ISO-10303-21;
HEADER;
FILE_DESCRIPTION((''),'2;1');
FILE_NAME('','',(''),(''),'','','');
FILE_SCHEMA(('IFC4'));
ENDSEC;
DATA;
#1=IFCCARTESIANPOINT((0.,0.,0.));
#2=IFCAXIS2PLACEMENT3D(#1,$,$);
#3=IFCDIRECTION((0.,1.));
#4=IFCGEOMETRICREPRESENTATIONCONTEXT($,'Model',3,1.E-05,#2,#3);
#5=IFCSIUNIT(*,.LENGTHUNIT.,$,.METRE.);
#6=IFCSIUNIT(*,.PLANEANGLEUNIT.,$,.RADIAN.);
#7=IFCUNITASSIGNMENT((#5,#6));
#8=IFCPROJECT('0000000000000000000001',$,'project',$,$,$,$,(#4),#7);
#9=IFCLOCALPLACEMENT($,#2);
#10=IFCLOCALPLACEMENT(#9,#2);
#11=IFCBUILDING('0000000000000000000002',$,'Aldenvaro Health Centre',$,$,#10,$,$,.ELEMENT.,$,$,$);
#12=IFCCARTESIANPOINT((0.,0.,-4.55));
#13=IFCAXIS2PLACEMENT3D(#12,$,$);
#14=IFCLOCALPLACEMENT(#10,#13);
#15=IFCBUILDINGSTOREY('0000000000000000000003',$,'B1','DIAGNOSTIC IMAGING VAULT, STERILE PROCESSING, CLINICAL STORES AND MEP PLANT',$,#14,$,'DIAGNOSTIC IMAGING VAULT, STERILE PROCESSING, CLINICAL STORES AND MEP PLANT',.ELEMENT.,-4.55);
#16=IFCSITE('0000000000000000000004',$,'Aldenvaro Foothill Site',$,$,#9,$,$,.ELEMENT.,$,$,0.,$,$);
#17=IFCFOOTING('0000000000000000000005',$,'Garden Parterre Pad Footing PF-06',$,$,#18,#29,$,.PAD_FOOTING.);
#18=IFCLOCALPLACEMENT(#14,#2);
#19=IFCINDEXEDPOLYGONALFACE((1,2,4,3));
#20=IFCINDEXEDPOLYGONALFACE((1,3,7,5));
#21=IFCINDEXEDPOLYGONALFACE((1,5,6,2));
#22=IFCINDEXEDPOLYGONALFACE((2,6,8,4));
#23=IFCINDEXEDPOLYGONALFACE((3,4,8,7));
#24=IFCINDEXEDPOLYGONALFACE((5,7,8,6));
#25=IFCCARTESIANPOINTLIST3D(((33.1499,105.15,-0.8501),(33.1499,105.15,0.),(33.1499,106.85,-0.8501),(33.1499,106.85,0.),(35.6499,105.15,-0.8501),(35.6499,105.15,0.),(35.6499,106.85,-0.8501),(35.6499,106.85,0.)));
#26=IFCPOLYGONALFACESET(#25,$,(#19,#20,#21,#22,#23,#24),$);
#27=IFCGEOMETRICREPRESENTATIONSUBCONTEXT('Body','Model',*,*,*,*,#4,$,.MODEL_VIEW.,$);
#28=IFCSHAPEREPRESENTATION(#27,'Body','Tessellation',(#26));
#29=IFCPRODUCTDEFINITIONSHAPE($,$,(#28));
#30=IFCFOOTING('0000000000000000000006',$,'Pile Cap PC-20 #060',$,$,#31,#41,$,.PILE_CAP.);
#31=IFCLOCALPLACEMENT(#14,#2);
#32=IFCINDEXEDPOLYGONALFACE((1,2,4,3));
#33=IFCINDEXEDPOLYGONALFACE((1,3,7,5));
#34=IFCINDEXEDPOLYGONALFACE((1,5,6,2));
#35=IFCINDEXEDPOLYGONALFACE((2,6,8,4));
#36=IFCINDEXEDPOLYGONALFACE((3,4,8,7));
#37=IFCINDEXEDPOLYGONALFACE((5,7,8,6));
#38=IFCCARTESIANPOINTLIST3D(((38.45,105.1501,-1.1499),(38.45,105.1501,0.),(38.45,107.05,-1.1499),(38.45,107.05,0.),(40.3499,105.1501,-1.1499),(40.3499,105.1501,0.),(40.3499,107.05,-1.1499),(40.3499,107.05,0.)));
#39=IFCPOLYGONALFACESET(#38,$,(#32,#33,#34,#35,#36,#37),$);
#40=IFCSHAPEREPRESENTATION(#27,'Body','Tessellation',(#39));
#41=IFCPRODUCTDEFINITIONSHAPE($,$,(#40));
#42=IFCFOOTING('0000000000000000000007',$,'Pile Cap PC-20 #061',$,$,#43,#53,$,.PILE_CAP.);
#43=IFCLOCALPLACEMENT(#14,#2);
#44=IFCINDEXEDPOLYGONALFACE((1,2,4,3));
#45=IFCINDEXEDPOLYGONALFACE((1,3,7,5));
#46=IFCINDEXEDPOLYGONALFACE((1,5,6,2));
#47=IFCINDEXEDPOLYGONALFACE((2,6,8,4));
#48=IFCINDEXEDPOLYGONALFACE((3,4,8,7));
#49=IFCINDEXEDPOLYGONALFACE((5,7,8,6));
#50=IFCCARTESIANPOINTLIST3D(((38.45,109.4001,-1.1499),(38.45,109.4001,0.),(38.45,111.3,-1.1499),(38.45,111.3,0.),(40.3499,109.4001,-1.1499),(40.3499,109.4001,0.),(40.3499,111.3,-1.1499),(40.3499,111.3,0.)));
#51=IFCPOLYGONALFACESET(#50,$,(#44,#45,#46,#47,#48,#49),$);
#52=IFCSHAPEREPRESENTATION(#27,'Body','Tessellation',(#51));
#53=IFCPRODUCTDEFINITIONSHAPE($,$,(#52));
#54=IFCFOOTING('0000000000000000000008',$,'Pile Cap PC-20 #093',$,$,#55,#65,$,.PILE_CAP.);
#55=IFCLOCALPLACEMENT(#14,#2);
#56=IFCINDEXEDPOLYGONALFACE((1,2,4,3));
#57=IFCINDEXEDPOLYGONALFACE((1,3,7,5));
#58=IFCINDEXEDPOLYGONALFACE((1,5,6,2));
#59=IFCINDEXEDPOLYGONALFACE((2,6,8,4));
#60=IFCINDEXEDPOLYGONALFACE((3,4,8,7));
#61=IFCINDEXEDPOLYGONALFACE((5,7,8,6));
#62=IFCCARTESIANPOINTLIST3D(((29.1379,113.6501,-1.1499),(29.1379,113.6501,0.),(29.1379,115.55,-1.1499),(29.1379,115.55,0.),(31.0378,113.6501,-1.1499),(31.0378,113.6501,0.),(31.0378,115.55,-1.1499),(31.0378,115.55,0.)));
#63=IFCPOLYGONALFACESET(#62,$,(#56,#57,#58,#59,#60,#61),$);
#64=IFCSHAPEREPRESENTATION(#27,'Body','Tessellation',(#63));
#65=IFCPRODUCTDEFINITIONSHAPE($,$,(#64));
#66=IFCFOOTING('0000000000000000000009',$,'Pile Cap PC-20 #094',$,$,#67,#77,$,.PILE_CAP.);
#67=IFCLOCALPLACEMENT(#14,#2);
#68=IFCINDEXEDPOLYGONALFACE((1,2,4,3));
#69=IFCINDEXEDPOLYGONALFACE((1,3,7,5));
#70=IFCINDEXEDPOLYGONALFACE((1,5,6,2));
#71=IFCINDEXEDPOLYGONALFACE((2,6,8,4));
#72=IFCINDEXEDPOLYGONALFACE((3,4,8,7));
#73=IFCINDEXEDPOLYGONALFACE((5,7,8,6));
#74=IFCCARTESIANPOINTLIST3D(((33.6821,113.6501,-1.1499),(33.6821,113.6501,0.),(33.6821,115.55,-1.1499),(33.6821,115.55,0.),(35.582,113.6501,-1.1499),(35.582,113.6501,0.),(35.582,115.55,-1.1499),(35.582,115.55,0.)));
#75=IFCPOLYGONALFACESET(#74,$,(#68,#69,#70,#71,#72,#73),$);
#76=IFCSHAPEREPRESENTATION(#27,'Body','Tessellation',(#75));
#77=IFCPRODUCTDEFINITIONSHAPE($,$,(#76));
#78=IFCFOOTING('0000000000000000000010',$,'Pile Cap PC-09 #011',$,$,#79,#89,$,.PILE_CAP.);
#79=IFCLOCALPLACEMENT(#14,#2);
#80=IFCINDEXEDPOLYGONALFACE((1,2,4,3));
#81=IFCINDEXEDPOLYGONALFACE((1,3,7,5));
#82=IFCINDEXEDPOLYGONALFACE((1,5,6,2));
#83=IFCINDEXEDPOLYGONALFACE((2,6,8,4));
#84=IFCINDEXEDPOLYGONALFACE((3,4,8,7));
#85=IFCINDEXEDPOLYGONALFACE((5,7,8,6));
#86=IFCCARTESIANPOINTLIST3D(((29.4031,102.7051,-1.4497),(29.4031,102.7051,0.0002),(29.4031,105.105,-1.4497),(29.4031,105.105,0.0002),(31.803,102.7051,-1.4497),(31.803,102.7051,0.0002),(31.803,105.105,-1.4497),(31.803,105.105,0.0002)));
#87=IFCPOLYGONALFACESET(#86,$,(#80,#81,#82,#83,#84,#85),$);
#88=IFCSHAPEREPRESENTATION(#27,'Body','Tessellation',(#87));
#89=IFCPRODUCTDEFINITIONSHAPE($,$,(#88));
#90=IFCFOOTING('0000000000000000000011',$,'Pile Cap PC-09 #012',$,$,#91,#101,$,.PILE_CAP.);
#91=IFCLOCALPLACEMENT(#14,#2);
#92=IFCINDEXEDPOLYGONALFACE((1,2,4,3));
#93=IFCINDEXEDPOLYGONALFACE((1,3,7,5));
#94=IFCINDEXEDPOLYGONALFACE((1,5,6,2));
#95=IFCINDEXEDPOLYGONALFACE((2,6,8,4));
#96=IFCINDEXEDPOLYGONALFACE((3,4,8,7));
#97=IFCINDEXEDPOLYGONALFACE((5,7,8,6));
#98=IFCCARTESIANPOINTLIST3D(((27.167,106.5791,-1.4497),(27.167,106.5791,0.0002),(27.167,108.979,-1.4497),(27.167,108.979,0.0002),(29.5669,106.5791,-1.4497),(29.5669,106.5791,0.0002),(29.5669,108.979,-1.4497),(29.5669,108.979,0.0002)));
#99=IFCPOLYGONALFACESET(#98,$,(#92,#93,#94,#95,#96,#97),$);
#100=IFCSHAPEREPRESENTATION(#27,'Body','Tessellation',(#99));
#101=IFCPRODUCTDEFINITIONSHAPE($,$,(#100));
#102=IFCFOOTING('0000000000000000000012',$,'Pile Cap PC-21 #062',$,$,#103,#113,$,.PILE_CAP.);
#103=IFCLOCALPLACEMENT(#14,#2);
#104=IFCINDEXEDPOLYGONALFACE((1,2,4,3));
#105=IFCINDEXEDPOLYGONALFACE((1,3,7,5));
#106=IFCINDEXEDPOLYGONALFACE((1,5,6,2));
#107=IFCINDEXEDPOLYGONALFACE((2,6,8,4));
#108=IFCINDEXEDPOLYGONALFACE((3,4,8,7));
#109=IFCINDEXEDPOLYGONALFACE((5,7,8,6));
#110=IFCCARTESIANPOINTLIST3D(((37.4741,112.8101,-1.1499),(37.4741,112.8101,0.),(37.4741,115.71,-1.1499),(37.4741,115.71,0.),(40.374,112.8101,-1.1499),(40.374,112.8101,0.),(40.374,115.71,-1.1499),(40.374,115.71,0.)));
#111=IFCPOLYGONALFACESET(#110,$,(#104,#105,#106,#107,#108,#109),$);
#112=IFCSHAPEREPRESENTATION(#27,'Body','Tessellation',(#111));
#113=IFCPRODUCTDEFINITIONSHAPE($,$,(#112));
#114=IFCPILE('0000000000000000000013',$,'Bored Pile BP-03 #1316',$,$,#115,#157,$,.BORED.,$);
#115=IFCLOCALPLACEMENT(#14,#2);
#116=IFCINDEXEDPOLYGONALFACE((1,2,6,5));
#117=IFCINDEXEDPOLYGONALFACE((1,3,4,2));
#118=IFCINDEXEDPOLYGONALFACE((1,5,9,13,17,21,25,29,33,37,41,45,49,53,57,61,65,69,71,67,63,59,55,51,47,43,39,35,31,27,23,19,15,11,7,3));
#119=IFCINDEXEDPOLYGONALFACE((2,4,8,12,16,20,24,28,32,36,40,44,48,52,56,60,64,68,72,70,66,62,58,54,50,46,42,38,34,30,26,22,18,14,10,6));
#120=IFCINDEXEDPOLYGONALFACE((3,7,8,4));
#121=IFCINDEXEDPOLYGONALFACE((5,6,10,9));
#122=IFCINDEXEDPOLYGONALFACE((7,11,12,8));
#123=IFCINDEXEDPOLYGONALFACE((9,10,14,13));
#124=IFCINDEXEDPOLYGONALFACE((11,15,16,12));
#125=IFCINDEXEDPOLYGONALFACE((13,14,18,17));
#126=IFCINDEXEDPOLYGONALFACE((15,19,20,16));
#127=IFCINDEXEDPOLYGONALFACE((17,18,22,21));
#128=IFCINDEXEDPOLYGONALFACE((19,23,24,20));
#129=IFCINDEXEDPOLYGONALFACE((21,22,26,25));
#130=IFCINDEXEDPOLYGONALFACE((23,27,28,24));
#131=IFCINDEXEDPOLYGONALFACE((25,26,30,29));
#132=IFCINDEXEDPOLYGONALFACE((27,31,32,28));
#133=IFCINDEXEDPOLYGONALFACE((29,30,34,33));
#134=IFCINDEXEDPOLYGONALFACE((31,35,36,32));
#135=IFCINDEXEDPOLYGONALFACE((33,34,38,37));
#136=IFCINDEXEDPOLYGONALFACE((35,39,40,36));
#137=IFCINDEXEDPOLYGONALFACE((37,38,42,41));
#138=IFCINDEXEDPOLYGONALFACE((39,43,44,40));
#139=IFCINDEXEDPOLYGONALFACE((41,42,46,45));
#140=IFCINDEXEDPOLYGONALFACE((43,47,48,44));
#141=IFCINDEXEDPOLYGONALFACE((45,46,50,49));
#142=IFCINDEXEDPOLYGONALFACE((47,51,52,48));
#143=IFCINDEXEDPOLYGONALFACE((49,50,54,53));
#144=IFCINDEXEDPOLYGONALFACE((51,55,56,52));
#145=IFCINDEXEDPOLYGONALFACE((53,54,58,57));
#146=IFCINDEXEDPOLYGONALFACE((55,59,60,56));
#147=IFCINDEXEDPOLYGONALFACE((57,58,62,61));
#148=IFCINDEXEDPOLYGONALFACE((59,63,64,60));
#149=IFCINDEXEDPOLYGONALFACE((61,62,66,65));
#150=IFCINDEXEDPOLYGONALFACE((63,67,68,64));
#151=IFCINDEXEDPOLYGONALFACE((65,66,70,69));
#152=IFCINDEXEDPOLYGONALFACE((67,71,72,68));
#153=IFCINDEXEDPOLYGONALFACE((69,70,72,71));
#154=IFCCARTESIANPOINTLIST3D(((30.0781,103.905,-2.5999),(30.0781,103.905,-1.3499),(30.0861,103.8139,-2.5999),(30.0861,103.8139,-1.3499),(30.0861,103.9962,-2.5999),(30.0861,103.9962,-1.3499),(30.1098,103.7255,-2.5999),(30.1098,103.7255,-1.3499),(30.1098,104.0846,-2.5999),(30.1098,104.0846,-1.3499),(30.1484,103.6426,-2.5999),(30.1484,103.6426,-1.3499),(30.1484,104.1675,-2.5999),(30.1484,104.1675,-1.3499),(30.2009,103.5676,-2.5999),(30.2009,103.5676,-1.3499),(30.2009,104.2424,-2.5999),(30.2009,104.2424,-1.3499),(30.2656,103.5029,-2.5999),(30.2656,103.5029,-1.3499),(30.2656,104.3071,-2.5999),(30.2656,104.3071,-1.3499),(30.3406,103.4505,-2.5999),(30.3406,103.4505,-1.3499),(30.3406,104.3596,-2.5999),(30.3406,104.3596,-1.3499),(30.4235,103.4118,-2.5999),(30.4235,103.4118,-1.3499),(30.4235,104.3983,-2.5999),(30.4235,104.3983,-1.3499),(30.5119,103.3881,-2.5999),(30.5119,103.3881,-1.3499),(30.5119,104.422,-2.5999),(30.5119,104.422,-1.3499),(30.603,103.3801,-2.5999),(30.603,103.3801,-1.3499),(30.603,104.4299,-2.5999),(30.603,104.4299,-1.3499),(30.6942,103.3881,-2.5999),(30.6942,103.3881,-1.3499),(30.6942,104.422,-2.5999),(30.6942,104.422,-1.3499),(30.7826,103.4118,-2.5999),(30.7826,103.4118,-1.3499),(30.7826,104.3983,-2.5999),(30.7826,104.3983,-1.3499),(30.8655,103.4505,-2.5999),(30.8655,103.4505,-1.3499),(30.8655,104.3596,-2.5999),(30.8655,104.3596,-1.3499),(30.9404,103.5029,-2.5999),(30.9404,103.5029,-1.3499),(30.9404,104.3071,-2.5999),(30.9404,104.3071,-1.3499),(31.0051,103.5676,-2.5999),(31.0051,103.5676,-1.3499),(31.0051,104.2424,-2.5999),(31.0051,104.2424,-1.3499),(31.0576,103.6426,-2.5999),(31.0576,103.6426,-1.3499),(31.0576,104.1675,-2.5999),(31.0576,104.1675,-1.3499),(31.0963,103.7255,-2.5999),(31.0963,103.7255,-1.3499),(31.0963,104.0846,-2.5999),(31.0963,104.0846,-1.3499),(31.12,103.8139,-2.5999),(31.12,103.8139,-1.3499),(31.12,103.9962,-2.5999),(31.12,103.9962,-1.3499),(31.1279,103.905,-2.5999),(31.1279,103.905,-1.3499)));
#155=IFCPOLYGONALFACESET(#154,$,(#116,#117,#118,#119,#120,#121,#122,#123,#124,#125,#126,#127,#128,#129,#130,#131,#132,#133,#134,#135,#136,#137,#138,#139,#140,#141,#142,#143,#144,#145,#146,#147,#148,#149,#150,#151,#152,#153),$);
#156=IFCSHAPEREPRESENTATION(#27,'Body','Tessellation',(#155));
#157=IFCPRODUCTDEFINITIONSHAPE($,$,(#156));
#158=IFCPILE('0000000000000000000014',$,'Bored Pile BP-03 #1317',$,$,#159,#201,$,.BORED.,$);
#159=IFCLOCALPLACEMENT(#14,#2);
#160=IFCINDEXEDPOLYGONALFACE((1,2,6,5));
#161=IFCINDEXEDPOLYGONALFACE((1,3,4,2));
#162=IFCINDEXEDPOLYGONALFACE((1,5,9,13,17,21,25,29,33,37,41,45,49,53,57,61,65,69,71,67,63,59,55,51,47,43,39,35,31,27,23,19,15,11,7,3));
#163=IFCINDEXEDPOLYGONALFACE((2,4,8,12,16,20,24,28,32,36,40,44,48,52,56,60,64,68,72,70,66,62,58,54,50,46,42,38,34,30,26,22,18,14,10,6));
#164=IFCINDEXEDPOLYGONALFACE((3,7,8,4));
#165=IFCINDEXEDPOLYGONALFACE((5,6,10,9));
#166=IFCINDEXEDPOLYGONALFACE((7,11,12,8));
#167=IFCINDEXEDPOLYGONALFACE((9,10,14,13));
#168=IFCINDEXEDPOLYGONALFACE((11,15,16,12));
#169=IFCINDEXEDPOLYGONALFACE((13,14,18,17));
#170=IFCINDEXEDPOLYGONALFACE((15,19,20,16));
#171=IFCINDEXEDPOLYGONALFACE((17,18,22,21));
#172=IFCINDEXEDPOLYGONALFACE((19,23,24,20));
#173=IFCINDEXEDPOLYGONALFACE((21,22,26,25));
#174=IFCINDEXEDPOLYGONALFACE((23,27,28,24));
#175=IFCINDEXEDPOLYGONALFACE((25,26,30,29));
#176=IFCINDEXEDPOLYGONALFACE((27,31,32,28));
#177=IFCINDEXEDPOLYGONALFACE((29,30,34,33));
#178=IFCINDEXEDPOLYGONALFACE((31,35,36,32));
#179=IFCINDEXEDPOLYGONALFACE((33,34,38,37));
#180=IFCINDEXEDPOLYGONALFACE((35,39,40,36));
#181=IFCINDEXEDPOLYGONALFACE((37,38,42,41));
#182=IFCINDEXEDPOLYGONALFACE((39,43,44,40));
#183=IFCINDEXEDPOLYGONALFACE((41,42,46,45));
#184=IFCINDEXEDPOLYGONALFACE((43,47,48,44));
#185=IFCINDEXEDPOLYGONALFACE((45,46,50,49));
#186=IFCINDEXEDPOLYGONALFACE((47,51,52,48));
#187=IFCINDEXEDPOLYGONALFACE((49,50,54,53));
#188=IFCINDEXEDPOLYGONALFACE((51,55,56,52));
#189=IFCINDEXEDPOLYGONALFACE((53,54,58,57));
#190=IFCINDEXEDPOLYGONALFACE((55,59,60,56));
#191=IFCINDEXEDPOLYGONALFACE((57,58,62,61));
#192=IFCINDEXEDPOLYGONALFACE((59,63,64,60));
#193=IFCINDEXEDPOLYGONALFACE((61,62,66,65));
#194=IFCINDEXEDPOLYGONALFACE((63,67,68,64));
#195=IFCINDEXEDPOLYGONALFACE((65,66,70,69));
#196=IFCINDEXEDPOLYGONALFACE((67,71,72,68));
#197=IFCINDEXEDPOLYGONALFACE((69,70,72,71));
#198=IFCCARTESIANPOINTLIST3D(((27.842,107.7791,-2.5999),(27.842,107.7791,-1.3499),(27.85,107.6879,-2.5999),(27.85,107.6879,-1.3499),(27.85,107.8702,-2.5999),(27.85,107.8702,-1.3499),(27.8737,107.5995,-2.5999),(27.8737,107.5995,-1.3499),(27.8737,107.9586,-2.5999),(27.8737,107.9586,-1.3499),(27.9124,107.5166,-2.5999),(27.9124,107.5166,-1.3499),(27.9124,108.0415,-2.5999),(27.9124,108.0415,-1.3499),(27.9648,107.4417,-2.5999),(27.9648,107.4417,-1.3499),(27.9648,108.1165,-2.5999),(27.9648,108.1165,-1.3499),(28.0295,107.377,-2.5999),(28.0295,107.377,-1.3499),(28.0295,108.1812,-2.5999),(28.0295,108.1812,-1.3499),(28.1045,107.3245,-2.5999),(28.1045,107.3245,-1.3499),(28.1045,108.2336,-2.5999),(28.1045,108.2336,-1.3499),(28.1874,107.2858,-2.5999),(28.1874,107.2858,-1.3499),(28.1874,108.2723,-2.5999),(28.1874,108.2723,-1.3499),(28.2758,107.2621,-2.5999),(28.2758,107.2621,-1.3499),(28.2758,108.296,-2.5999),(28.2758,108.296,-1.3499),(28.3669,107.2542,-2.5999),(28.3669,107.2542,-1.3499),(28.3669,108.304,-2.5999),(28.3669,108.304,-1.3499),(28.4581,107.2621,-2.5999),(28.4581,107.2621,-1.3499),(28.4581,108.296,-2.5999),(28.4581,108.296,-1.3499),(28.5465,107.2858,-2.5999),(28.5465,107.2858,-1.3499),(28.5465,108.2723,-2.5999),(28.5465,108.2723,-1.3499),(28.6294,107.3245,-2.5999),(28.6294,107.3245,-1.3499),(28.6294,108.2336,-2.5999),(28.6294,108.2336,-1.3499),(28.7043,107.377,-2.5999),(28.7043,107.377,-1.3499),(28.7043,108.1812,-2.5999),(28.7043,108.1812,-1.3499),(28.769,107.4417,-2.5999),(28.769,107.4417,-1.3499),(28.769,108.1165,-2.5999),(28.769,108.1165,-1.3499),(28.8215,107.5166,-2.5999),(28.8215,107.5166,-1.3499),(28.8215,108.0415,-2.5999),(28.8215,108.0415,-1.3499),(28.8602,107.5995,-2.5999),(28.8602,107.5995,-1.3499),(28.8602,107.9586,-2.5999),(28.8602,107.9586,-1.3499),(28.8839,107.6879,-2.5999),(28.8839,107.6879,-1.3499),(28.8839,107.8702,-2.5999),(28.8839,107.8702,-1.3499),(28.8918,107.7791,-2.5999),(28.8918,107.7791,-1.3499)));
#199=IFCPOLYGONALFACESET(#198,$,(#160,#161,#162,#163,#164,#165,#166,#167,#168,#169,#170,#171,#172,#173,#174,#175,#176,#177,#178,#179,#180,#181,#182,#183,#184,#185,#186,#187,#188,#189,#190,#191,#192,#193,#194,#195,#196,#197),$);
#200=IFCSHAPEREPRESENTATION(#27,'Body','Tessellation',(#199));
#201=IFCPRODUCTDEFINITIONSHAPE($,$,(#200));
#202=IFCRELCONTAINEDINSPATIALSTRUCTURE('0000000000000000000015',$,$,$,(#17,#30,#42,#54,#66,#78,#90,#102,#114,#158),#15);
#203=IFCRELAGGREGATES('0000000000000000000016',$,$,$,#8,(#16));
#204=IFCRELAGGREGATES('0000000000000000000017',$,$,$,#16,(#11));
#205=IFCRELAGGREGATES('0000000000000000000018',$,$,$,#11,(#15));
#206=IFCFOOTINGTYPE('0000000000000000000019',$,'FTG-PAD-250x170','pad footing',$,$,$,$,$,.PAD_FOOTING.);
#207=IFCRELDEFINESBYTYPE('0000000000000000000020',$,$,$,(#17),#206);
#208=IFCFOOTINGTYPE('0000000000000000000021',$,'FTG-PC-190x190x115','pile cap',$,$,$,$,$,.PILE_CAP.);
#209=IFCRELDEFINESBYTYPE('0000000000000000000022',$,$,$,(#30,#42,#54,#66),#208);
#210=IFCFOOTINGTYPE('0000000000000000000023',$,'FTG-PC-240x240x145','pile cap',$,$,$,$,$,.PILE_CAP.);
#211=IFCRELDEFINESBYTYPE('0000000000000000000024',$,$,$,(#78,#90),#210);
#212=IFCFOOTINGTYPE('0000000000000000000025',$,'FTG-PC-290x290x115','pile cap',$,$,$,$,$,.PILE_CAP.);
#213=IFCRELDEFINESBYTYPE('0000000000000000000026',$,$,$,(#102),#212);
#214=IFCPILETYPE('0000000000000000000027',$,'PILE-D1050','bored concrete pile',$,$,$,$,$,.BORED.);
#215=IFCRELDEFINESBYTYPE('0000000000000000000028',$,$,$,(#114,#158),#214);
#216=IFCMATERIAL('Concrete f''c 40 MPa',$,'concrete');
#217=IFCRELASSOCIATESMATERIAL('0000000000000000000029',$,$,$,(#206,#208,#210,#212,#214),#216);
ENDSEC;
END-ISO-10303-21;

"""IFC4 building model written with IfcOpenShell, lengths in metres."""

from ifc_helpers import new_model, si_unit, direction, frame, origin, origin_2d, place, context, subcontext, project, spatial, rectangle, circle, extrude, material, material_profile, profile_set, type_object, element, save


model = new_model("IFC4")

# Units and contexts
model_context = context("Model", 3, precision=1e-05, world=origin(), true_north=direction((0.0, 1.0)))
body_context = subcontext(model_context, "Body", "Model", "MODEL_VIEW")
ifc_project = project(units=[si_unit("LENGTHUNIT", "METRE"), si_unit("PLANEANGLEUNIT", "RADIAN")], contexts=[model_context])

# Site, building, storey
site_placement = place(None, origin())
site = spatial("IfcSite", under=ifc_project, at=site_placement, Name="Aldenvaro Foothill Site", CompositionType="ELEMENT", RefElevation=0.0)
building_placement = place(site_placement, origin())
building = spatial("IfcBuilding", under=site, at=building_placement, Name="Aldenvaro Health Centre", CompositionType="ELEMENT")
storey_placement = place(building_placement, frame((0.0, 0.0, -4.55)))
storey = spatial("IfcBuildingStorey", under=building, at=storey_placement, Name="B1", Description="DIAGNOSTIC IMAGING VAULT, STERILE PROCESSING, CLINICAL STORES AND MEP PLANT", LongName="DIAGNOSTIC IMAGING VAULT, STERILE PROCESSING, CLINICAL STORES AND MEP PLANT", CompositionType="ELEMENT", Elevation=-4.55)

# Footings
ifc_material_1 = material(Name="Concrete f'c 40 MPa", Category="concrete")
footing_type_1 = type_object("IfcFootingType", Name="FTG-PAD-250x170", Description="pad footing", PredefinedType="PAD_FOOTING", material=ifc_material_1)
footing_1_placement = place(storey_placement, frame((34.3999, 106.0, -0.8501), z_axis=(0.0, 0.0, 1.0), x_axis=(1.0, 0.0, 0.0)))
element("IfcFooting", 1, at=footing_1_placement, inside=storey, type_object=footing_type_1, Name="Garden Parterre Pad Footing PF-06", PredefinedType="PAD_FOOTING", context=body_context, shape_type="SweptSolid", body=[
    extrude(rectangle(XDim=2.5, YDim=1.7, at=origin_2d()), origin(), (0.0, 0.0, 1.0), 0.8501),
])
footing_type_2 = type_object("IfcFootingType", Name="FTG-PC-190x190x115", Description="pile cap", PredefinedType="PILE_CAP", material=ifc_material_1)
for number, where, z_axis, x_axis, name in (
    (2, (39.3999, 106.1001, -1.1499), (0.0, 0.0, 1.0), (1.0, 0.0, 0.0), "Pile Cap PC-20 #060"),
    (3, (39.3999, 110.3501, -1.1499), (0.0, 0.0, 1.0), (1.0, 0.0, 0.0), "Pile Cap PC-20 #061"),
    (4, (30.0879, 114.6001, -1.1499), (0.0, 0.0, 1.0), (1.0, 0.0, 0.0), "Pile Cap PC-20 #093"),
    (5, (34.6321, 114.6001, -1.1499), (0.0, 0.0, 1.0), (1.0, 0.0, 0.0), "Pile Cap PC-20 #094"),
):
    element("IfcFooting", number, at=place(storey_placement, frame(where, z_axis=z_axis, x_axis=x_axis)), inside=storey, type_object=footing_type_2, Name=name, PredefinedType="PILE_CAP", context=body_context, shape_type="SweptSolid", body=[
        extrude(rectangle(XDim=1.8999, YDim=1.8999, at=origin_2d()), origin(), (0.0, 0.0, 1.0), 1.1499),
    ])
footing_type_3 = type_object("IfcFootingType", Name="FTG-PC-240x240x145", Description="pile cap", PredefinedType="PILE_CAP", material=ifc_material_1)
for number, where, z_axis, x_axis, name in (
    (6, (30.603, 103.905, -1.4497), (0.0, 0.0, 1.0), (1.0, 0.0, 0.0), "Pile Cap PC-09 #011"),
    (7, (28.3669, 107.7791, -1.4497), (0.0, 0.0, 1.0), (1.0, 0.0, 0.0), "Pile Cap PC-09 #012"),
):
    element("IfcFooting", number, at=place(storey_placement, frame(where, z_axis=z_axis, x_axis=x_axis)), inside=storey, type_object=footing_type_3, Name=name, PredefinedType="PILE_CAP", context=body_context, shape_type="SweptSolid", body=[
        extrude(rectangle(XDim=2.3999, YDim=2.3999, at=origin_2d()), origin(), (0.0, 0.0, 1.0), 1.45),
    ])
footing_type_4 = type_object("IfcFootingType", Name="FTG-PC-290x290x115", Description="pile cap", PredefinedType="PILE_CAP", material=ifc_material_1)
footing_2_placement = place(storey_placement, frame((38.9241, 114.26, -1.1499), z_axis=(0.0, 0.0, 1.0), x_axis=(1.0, 0.0, 0.0)))
element("IfcFooting", 8, at=footing_2_placement, inside=storey, type_object=footing_type_4, Name="Pile Cap PC-21 #062", PredefinedType="PILE_CAP", context=body_context, shape_type="SweptSolid", body=[
    extrude(rectangle(XDim=2.8999, YDim=2.8999, at=origin_2d()), origin(), (0.0, 0.0, 1.0), 1.1499),
])

# Piles
ifc_material_profile_1 = material_profile(ifc_material_1, circle(Radius=0.5249, at=origin_2d()), Name="PILE D1050", Category="concrete")
ifc_profile_set_1 = profile_set([ifc_material_profile_1], Name="Concrete f'c 40 MPa")
pile_type_1 = type_object("IfcPileType", Name="PILE-D1050", Description="bored concrete pile", PredefinedType="BORED", material=ifc_profile_set_1)
for number, where, z_axis, x_axis, name in (
    (9, (30.603, 103.905, -1.3499), (0.0, 0.0, -1.0), (1.0, 0.0, 0.0), "Bored Pile BP-03 #1316"),
    (10, (28.3669, 107.7791, -1.3499), (0.0, 0.0, -1.0), (1.0, 0.0, 0.0), "Bored Pile BP-03 #1317"),
):
    element("IfcPile", number, at=place(storey_placement, frame(where, z_axis=z_axis, x_axis=x_axis)), inside=storey, type_object=pile_type_1, Name=name, PredefinedType="BORED", context=body_context, shape_type="SweptSolid", body=[
        extrude(circle(Radius=0.5249, at=origin_2d()), origin(), (0.0, 0.0, 1.0), 1.25),
    ])

save(model, "model.ifc")
